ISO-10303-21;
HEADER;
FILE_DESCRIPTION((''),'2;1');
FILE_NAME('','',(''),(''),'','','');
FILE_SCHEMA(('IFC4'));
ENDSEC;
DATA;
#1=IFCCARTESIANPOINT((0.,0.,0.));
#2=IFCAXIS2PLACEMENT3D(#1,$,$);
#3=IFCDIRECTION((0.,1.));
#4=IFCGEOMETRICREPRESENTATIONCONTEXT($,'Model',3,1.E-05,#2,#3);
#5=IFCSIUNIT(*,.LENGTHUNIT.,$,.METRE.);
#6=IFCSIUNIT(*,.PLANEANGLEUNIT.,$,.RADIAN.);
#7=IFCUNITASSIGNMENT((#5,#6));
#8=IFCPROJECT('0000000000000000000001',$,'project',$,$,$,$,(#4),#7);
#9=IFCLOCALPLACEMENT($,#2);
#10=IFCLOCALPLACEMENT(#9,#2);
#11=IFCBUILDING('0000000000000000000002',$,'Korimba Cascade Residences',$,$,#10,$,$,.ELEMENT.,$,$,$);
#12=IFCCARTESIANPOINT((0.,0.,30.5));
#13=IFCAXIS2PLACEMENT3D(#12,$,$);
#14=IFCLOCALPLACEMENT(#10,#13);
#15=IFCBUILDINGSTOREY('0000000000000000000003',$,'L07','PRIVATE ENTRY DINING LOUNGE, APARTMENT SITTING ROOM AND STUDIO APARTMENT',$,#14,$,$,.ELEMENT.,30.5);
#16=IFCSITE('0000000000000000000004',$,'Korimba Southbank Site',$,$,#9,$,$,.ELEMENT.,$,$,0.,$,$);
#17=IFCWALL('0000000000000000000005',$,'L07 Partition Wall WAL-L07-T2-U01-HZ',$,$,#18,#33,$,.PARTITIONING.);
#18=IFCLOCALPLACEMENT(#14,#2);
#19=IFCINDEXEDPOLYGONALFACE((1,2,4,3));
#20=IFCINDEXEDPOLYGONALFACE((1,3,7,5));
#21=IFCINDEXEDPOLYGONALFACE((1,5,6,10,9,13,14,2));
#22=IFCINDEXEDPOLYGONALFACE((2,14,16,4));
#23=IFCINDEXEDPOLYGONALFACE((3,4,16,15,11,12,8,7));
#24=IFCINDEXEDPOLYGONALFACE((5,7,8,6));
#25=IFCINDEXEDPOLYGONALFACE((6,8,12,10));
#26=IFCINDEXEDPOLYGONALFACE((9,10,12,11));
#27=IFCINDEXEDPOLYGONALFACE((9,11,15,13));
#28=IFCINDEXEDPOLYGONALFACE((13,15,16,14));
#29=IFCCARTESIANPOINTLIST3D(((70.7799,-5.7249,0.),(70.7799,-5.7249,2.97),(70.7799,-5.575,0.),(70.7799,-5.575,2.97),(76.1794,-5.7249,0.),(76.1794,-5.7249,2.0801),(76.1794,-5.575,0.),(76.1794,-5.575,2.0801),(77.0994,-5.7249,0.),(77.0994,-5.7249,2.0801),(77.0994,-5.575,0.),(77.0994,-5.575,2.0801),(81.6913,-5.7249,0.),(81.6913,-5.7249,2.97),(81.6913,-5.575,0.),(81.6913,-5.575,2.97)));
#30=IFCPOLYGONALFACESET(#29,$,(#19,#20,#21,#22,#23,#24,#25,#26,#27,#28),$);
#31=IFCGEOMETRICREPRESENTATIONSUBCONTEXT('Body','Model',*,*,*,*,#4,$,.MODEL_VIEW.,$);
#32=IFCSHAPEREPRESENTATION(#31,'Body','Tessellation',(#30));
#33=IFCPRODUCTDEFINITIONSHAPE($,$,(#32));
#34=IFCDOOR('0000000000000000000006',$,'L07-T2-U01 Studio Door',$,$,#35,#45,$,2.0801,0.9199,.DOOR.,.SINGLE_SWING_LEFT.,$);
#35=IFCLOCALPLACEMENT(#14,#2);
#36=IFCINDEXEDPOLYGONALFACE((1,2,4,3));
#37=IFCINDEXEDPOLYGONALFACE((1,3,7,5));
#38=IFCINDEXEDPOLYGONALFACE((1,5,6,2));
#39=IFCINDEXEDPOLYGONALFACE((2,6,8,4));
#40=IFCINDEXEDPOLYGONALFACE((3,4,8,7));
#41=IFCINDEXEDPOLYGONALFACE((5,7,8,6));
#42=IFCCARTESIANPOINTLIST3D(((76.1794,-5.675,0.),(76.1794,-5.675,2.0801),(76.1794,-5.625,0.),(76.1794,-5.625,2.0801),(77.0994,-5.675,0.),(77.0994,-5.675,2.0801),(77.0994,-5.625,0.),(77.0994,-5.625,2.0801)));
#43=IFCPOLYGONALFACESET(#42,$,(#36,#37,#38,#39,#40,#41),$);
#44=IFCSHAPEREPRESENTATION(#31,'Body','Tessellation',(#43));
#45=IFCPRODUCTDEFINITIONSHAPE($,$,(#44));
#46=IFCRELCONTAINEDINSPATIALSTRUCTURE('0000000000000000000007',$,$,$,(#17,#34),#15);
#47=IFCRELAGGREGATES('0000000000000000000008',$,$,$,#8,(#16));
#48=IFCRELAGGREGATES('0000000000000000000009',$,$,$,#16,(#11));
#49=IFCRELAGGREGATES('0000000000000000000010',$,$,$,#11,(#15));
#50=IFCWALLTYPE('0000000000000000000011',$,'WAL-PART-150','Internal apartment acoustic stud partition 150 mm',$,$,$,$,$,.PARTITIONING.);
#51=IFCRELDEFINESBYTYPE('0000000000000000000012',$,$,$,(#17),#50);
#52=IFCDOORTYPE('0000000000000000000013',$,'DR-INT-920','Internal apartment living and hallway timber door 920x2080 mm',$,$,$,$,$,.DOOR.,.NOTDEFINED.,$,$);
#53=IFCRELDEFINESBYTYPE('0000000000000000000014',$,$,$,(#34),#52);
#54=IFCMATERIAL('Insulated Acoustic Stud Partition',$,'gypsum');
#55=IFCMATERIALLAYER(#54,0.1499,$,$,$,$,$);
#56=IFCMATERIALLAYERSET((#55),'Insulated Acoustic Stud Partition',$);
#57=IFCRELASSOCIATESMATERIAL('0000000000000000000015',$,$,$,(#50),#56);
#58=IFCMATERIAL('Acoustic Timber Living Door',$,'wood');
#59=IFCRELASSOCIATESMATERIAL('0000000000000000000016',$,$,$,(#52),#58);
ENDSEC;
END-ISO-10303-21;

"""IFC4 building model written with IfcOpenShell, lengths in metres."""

from ifc_helpers import new_model, si_unit, direction, frame, frame_2d, origin, place, context, subcontext, project, spatial, rectangle, extrude, material, layer, layer_set, type_object, element, fill, save


model = new_model("IFC4")

# Units and contexts
model_context = context("Model", 3, precision=1e-05, world=origin(), true_north=direction((0.0, 1.0)))
body_context = subcontext(model_context, "Body", "Model", "MODEL_VIEW")
ifc_project = project(units=[si_unit("LENGTHUNIT", "METRE"), si_unit("PLANEANGLEUNIT", "RADIAN")], contexts=[model_context])

# Site, building, storey
site_placement = place(None, origin())
site = spatial("IfcSite", under=ifc_project, at=site_placement, Name="Korimba Southbank Site", CompositionType="ELEMENT", RefElevation=0.0)
building_placement = place(site_placement, origin())
building = spatial("IfcBuilding", under=site, at=building_placement, Name="Korimba Cascade Residences", CompositionType="ELEMENT")
storey_placement = place(building_placement, frame((0.0, 0.0, 30.5)))
storey = spatial("IfcBuildingStorey", under=building, at=storey_placement, Name="L07", Description="PRIVATE ENTRY DINING LOUNGE, APARTMENT SITTING ROOM AND STUDIO APARTMENT", CompositionType="ELEMENT", Elevation=30.5)

# Wall, opening, door
ifc_material_1 = material(Name="Insulated Acoustic Stud Partition", Category="gypsum")
ifc_layer_1 = layer(ifc_material_1, 0.1499)
ifc_layer_set_1 = layer_set([ifc_layer_1], Name="Insulated Acoustic Stud Partition")
wall_type_1 = type_object("IfcWallType", Name="WAL-PART-150", Description="Internal apartment acoustic stud partition 150 mm", PredefinedType="PARTITIONING", material=ifc_layer_set_1)
wall_1_placement = place(storey_placement, frame((70.78, -5.6499, 0.0), z_axis=(0.0, 0.0, 1.0), x_axis=(1.0, 0.0, 0.0)))
wall_1 = element("IfcWall", 1, at=wall_1_placement, inside=storey, type_object=wall_type_1, Name="L07 Partition Wall WAL-L07-T2-U01-HZ", PredefinedType="PARTITIONING", context=body_context, shape_type="SweptSolid", body=[
    extrude(rectangle(XDim=10.9114, YDim=0.1499, at=frame_2d((5.4556, 0.0))), origin(), (0.0, 0.0, 1.0), 2.97),
])
opening_1_placement = place(wall_1_placement, frame((5.3994, 0.0, 0.0)))
opening_1 = element("IfcOpeningElement", 2, at=opening_1_placement, cuts=wall_1, PredefinedType="OPENING", context=body_context, shape_type="SweptSolid", body=[
    extrude(rectangle(XDim=0.9199, YDim=2.0801, at=frame_2d((0.46, 1.04))), frame((0.0, 0.085, 0.0), z_axis=(0.0, -1.0, 0.0), x_axis=(1.0, 0.0, 0.0)), (0.0, 0.0, 1.0), 0.1699),
])
ifc_material_2 = material(Name="Acoustic Timber Living Door", Category="wood")
door_type_1 = type_object("IfcDoorType", Name="DR-INT-920", Description="Internal apartment living and hallway timber door 920x2080 mm", OperationType="NOTDEFINED", PredefinedType="DOOR", material=ifc_material_2)
door_1_placement = place(opening_1_placement, origin())
door_1 = element("IfcDoor", 3, at=door_1_placement, inside=storey, type_object=door_type_1, Name="L07-T2-U01 Studio Door", OperationType="SINGLE_SWING_LEFT", OverallHeight=2.0801, OverallWidth=0.9199, PredefinedType="DOOR", context=body_context, shape_type="SweptSolid", body=[
    extrude(rectangle(XDim=0.9199, YDim=2.0801, at=frame_2d((0.46, 1.04))), frame((0.0, 0.0249, 0.0), z_axis=(0.0, -1.0, 0.0), x_axis=(1.0, 0.0, 0.0)), (0.0, 0.0, 1.0), 0.05),
])
fill(opening_1, door_1)

save(model, "model.ifc")
